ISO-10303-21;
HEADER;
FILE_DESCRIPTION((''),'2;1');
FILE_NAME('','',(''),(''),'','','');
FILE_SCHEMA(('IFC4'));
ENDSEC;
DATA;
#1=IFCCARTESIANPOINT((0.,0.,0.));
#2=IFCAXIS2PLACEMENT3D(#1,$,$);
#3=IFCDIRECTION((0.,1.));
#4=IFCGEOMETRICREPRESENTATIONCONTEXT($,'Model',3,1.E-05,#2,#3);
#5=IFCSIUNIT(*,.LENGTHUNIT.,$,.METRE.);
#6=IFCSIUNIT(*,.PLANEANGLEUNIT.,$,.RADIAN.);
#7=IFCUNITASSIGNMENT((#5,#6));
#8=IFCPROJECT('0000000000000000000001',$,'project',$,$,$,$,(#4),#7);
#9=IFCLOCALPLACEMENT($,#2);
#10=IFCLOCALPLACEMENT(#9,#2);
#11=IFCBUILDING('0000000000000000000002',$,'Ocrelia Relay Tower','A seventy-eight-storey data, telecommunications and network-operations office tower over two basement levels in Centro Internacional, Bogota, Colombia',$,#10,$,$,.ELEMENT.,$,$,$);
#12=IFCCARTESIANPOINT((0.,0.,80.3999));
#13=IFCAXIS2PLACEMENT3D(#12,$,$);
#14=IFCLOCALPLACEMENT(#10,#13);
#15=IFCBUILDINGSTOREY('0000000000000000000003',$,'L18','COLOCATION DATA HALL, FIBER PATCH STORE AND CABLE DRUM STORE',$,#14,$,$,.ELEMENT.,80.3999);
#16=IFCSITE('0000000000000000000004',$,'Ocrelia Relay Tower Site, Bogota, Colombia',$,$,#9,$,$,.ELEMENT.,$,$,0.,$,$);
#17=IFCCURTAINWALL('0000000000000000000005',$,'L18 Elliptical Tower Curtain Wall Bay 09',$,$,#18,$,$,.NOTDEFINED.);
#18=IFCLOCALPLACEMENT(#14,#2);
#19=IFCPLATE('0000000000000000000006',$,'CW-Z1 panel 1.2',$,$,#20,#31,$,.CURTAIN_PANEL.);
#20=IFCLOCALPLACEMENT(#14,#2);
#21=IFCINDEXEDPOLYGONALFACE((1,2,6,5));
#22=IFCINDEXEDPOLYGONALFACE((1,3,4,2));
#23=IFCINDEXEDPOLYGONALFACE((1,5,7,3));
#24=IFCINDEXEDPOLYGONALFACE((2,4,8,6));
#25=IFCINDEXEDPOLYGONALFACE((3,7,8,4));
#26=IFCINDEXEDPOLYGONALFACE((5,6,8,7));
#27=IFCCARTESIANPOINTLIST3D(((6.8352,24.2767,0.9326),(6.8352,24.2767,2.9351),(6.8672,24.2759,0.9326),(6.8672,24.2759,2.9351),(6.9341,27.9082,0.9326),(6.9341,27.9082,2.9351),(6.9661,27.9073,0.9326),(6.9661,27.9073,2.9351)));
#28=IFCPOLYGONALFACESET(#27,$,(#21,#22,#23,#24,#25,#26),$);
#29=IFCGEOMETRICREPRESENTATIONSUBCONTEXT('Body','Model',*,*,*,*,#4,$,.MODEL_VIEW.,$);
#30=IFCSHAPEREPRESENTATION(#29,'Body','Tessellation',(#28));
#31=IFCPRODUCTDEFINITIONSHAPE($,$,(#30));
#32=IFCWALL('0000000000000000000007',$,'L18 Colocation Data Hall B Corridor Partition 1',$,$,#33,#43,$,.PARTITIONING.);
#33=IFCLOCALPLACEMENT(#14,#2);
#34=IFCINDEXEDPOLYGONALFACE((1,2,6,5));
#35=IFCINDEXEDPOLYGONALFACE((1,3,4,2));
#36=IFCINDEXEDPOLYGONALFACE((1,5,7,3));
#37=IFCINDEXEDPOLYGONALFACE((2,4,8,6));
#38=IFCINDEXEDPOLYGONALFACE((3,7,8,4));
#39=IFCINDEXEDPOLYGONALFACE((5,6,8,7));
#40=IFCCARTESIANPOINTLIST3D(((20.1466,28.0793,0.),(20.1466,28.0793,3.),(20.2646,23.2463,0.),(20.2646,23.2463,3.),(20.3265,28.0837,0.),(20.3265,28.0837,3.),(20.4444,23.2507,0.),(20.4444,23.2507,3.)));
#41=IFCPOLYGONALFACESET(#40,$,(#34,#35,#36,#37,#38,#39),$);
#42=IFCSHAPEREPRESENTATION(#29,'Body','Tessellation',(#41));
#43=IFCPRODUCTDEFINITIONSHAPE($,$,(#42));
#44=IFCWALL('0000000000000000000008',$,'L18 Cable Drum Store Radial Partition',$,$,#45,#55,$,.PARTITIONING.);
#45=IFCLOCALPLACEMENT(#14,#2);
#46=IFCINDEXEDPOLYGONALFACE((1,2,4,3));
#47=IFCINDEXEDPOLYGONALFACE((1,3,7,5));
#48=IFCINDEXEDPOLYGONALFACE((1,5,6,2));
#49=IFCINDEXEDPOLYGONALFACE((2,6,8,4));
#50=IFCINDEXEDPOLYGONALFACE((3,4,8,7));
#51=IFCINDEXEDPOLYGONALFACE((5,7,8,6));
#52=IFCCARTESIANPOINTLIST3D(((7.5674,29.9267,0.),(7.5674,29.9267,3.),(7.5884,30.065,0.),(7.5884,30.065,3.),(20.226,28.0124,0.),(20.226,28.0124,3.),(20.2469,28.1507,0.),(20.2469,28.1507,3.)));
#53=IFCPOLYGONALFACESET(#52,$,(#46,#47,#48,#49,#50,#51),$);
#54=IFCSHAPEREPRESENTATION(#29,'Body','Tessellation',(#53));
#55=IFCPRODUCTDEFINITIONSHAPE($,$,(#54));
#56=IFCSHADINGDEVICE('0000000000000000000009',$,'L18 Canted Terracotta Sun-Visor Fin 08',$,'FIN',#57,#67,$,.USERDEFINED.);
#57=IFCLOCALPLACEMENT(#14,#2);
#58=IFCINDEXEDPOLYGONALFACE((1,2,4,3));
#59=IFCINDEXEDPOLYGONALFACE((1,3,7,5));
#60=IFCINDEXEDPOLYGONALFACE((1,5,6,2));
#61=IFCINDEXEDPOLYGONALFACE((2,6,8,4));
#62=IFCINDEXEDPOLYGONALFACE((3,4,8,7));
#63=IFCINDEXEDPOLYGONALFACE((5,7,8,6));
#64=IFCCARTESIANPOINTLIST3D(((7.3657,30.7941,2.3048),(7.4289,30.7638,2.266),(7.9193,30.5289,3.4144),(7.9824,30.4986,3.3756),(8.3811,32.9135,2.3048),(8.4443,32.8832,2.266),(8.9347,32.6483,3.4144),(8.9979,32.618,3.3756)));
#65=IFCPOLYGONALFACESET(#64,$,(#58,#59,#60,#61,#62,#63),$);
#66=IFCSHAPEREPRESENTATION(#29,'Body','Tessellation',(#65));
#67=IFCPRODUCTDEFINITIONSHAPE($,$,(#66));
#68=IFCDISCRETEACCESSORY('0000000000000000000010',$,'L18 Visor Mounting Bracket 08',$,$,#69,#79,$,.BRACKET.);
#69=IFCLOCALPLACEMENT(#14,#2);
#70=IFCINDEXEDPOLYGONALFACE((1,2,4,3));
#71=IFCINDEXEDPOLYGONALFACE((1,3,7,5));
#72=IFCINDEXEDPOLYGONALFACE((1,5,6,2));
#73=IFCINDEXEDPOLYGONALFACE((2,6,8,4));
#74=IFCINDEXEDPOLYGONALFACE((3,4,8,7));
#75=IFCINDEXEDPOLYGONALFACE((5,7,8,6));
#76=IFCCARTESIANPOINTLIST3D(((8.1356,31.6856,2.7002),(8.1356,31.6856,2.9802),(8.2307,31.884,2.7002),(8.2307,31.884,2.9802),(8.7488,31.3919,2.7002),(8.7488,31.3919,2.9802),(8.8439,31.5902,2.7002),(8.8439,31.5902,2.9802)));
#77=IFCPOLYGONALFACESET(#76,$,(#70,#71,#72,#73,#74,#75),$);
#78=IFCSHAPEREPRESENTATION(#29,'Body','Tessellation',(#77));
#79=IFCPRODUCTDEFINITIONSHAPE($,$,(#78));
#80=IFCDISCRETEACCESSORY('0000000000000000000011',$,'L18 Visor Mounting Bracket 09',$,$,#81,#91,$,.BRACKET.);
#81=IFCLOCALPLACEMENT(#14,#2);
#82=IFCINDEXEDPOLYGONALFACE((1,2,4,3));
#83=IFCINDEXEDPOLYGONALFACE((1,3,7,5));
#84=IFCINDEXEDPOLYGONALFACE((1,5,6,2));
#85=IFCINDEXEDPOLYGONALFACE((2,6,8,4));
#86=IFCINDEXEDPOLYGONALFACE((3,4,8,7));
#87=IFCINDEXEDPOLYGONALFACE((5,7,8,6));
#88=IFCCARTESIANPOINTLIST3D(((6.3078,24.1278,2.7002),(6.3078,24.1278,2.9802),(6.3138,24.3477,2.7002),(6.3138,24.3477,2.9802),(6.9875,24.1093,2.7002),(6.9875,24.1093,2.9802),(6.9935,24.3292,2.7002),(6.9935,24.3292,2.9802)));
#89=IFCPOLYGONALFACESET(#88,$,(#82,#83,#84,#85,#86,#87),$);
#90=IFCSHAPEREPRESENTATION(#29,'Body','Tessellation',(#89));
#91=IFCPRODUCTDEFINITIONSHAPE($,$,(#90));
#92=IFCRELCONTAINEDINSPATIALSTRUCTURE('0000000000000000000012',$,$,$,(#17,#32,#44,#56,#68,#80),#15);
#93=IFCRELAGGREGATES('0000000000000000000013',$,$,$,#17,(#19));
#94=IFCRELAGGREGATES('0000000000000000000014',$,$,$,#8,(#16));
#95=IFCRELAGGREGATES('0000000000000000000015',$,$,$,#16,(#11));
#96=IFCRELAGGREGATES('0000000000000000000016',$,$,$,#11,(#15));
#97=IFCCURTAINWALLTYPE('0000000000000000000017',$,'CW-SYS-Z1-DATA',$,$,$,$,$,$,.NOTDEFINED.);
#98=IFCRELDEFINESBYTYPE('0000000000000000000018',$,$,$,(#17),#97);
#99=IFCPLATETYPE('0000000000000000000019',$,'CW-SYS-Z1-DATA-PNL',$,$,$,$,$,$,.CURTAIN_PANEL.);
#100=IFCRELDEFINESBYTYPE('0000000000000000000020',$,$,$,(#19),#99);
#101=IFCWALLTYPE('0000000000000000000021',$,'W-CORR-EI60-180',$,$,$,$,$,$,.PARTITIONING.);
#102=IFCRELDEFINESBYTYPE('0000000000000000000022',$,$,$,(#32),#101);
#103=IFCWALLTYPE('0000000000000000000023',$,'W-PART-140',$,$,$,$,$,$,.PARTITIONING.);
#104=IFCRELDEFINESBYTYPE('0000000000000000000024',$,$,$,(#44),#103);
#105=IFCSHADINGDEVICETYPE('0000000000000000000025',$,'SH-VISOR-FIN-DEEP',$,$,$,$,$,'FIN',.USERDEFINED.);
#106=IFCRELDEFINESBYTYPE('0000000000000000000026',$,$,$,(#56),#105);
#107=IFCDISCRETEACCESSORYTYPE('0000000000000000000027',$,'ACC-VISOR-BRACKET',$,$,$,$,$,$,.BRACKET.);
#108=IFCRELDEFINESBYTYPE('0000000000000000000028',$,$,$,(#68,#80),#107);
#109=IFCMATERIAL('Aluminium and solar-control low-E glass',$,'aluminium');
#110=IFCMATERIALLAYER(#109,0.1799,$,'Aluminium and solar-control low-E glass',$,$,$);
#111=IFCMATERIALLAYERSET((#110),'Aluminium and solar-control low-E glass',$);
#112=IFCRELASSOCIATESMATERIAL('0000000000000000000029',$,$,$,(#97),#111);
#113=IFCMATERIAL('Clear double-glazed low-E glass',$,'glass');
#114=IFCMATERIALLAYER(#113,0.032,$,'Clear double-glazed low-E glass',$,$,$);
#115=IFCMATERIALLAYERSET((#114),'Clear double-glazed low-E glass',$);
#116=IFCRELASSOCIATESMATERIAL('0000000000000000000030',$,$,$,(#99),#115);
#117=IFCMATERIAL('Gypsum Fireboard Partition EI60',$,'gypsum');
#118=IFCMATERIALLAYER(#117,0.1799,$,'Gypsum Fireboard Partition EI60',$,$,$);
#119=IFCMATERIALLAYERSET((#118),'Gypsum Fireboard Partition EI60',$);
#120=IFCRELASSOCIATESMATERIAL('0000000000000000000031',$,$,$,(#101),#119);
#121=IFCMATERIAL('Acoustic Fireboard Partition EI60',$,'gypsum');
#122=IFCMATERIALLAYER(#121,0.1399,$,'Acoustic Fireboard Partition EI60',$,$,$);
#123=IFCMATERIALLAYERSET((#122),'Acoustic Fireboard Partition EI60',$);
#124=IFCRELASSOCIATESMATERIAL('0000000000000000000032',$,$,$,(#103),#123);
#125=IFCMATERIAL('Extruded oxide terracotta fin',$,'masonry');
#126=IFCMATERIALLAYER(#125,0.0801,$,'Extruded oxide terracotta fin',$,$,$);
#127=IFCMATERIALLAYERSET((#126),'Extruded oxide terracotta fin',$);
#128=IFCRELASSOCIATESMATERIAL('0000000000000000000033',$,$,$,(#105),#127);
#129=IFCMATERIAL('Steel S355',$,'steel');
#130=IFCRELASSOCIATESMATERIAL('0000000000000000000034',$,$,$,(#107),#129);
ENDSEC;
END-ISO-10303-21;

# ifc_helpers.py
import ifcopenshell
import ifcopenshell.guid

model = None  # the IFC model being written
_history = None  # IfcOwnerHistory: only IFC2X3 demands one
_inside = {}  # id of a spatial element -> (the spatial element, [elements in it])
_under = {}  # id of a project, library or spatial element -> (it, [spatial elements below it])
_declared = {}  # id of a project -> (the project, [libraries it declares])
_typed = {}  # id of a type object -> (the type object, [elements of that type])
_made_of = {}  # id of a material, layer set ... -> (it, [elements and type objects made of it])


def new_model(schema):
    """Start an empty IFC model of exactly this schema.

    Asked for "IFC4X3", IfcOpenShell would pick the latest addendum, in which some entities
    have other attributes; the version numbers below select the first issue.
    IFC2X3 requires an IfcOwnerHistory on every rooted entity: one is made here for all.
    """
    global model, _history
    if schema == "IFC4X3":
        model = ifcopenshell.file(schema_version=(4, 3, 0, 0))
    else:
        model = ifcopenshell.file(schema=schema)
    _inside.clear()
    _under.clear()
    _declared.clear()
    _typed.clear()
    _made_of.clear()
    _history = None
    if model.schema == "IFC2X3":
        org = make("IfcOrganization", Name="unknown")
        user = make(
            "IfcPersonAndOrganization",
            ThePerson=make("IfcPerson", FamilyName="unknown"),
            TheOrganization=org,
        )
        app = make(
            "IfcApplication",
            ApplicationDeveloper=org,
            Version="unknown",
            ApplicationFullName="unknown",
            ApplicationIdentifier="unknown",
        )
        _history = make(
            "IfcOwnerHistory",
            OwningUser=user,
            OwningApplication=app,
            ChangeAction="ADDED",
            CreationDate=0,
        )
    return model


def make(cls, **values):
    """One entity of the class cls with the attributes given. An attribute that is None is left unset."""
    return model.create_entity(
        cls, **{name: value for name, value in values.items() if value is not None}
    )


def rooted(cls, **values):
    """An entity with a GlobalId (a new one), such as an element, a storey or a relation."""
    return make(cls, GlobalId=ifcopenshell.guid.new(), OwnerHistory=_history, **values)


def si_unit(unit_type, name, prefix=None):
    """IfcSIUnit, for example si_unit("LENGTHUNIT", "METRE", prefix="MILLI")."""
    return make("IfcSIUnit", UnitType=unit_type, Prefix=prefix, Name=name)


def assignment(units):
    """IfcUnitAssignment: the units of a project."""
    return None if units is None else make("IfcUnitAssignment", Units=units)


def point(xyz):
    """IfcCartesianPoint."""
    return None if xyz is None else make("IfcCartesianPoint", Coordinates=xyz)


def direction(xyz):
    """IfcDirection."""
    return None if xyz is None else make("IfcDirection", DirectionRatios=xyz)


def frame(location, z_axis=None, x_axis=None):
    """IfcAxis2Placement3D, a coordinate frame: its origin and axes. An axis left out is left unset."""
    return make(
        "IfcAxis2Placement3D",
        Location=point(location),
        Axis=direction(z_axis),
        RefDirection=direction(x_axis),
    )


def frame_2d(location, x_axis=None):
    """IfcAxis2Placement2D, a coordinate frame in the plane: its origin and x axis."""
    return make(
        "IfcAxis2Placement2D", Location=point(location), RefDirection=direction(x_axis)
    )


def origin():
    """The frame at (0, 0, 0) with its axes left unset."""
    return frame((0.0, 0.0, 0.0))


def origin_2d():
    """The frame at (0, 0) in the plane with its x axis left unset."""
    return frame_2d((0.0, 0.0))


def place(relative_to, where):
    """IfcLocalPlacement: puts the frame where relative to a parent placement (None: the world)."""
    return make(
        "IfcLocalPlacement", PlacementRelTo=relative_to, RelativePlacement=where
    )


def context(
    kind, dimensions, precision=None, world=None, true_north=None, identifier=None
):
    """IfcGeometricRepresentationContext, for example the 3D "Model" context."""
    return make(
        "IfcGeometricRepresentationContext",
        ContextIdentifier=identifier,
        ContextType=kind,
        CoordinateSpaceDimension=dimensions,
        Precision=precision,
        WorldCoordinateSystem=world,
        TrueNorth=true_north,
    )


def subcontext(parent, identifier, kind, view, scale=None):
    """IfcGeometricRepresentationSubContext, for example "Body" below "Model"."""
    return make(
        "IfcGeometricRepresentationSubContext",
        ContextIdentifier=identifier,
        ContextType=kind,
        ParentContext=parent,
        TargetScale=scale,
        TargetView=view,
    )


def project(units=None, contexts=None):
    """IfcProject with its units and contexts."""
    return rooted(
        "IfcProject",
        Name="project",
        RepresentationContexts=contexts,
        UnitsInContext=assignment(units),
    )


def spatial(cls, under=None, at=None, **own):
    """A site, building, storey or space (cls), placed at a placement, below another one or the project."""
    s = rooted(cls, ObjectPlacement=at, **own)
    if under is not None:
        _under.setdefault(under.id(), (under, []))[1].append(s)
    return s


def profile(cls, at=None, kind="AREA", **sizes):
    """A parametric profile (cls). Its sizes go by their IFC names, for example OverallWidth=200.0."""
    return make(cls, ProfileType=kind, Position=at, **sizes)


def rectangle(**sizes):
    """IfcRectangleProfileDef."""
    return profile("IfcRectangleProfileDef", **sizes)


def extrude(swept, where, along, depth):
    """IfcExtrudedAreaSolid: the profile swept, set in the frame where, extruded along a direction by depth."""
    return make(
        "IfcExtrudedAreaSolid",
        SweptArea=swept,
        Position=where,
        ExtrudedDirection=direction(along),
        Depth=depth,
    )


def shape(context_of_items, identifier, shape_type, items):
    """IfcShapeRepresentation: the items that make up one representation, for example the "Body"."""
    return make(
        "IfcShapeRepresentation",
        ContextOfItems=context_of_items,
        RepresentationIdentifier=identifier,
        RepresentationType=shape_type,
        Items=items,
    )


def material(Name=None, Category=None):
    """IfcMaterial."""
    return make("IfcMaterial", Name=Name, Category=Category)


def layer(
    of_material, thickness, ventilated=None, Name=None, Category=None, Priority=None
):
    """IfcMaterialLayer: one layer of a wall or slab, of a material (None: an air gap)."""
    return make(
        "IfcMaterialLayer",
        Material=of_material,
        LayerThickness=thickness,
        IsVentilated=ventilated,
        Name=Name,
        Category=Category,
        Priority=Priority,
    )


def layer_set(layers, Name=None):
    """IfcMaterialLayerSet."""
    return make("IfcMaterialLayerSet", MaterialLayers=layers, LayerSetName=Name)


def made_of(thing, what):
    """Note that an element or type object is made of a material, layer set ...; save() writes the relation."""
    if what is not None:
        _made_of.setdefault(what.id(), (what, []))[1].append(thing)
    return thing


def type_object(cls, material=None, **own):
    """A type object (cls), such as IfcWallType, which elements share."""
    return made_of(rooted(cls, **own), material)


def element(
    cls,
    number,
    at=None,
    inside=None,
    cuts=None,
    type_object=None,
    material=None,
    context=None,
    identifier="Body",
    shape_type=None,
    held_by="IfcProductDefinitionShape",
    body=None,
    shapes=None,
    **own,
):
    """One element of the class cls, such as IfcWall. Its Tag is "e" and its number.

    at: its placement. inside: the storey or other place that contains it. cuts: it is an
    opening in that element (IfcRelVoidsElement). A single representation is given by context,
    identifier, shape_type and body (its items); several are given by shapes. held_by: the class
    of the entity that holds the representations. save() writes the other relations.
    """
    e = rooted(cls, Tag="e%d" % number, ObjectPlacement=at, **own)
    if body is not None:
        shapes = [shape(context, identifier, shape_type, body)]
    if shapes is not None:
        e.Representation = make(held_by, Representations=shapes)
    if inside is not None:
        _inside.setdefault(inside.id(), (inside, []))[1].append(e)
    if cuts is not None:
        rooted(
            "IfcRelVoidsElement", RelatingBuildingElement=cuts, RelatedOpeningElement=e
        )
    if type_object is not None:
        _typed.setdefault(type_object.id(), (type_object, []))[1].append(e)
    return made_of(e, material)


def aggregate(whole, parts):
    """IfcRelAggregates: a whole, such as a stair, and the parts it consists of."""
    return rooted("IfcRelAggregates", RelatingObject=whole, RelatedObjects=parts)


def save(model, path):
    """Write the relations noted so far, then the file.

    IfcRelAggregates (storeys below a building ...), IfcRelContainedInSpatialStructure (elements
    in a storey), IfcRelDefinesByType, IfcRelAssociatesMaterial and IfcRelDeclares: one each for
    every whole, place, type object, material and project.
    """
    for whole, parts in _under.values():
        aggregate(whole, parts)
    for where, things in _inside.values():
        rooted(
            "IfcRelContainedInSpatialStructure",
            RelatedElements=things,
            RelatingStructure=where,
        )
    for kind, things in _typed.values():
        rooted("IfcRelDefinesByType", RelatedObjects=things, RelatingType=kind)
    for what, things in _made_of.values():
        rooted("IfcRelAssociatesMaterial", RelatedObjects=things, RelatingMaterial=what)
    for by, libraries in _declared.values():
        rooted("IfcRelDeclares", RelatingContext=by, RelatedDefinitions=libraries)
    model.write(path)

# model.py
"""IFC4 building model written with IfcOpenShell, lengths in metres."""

from ifc_helpers import new_model, si_unit, direction, frame, frame_2d, origin, origin_2d, place, context, subcontext, project, spatial, rectangle, extrude, material, layer, layer_set, type_object, element, aggregate, save


model = new_model("IFC4")

# Units and contexts
model_context = context("Model", 3, precision=1e-05, world=origin(), true_north=direction((0.0, 1.0)))
body_context = subcontext(model_context, "Body", "Model", "MODEL_VIEW")
ifc_project = project(units=[si_unit("LENGTHUNIT", "METRE"), si_unit("PLANEANGLEUNIT", "RADIAN")], contexts=[model_context])

# Site, building, storey
site_placement = place(None, origin())
site = spatial("IfcSite", under=ifc_project, at=site_placement, Name="Ocrelia Relay Tower Site, Bogota, Colombia", CompositionType="ELEMENT", RefElevation=0.0)
building_placement = place(site_placement, origin())
building = spatial("IfcBuilding", under=site, at=building_placement, Name="Ocrelia Relay Tower", Description="A seventy-eight-storey data, telecommunications and network-operations office tower over two basement levels in Centro Internacional, Bogota, Colombia", CompositionType="ELEMENT")
storey_placement = place(building_placement, frame((0.0, 0.0, 80.3999)))
storey = spatial("IfcBuildingStorey", under=building, at=storey_placement, Name="L18", Description="COLOCATION DATA HALL, FIBER PATCH STORE AND CABLE DRUM STORE", CompositionType="ELEMENT", Elevation=80.3999)

# Shared definitions
ifc_material_1 = material(Name="Steel S355", Category="steel")

# Curtain wall, plate
ifc_material_2 = material(Name="Aluminium and solar-control low-E glass", Category="aluminium")
ifc_layer_1 = layer(ifc_material_2, 0.1799, Name="Aluminium and solar-control low-E glass")
ifc_layer_set_1 = layer_set([ifc_layer_1], Name="Aluminium and solar-control low-E glass")
curtain_wall_type = type_object("IfcCurtainWallType", Name="CW-SYS-Z1-DATA", PredefinedType="NOTDEFINED", material=ifc_layer_set_1)
curtain_wall_placement = place(storey_placement, origin())
curtain_wall = element("IfcCurtainWall", 1, at=curtain_wall_placement, inside=storey, type_object=curtain_wall_type, Name="L18 Elliptical Tower Curtain Wall Bay 09", PredefinedType="NOTDEFINED")
ifc_material_3 = material(Name="Clear double-glazed low-E glass", Category="glass")
ifc_layer_2 = layer(ifc_material_3, 0.032, Name="Clear double-glazed low-E glass")
ifc_layer_set_2 = layer_set([ifc_layer_2], Name="Clear double-glazed low-E glass")
plate_type = type_object("IfcPlateType", Name="CW-SYS-Z1-DATA-PNL", PredefinedType="CURTAIN_PANEL", material=ifc_layer_set_2)
plate_1_placement = place(storey_placement, frame((6.9006, 26.092, 0.9326), z_axis=(0.0, 0.0, 1.0), x_axis=(-0.027222, -0.999629, 0.0)))
plate_1 = element("IfcPlate", 2, at=plate_1_placement, type_object=plate_type, Name="CW-Z1 panel 1.2", PredefinedType="CURTAIN_PANEL", context=body_context, shape_type="SweptSolid", body=[
    extrude(rectangle(XDim=3.6328, YDim=0.032, at=origin_2d()), origin(), (0.0, 0.0, 1.0), 2.0024),
])
aggregate(curtain_wall, [plate_1])

# Shared definitions
ifc_material_4 = material(Name="Gypsum Fireboard Partition EI60", Category="gypsum")
ifc_layer_3 = layer(ifc_material_4, 0.1799, Name="Gypsum Fireboard Partition EI60")
ifc_layer_set_3 = layer_set([ifc_layer_3], Name="Gypsum Fireboard Partition EI60")
wall_type_1 = type_object("IfcWallType", Name="W-CORR-EI60-180", PredefinedType="PARTITIONING", material=ifc_layer_set_3)

# Walls
wall_1_placement = place(storey_placement, frame((20.2366, 28.0815, 0.0), z_axis=(0.0, 0.0, 1.0), x_axis=(0.024392, -0.999702, 0.0)))
element("IfcWall", 3, at=wall_1_placement, inside=storey, type_object=wall_type_1, Name="L18 Colocation Data Hall B Corridor Partition 1", PredefinedType="PARTITIONING", context=body_context, shape_type="SweptSolid", body=[
    extrude(rectangle(XDim=4.8345, YDim=0.1799, at=frame_2d((2.4172, 0.0))), origin(), (0.0, 0.0, 1.0), 3.0),
])
ifc_material_5 = material(Name="Acoustic Fireboard Partition EI60", Category="gypsum")
ifc_layer_4 = layer(ifc_material_5, 0.1399, Name="Acoustic Fireboard Partition EI60")
ifc_layer_set_4 = layer_set([ifc_layer_4], Name="Acoustic Fireboard Partition EI60")
wall_type_2 = type_object("IfcWallType", Name="W-PART-140", PredefinedType="PARTITIONING", material=ifc_layer_set_4)
wall_2_placement = place(storey_placement, frame((20.2366, 28.0815, 0.0), z_axis=(0.0, 0.0, 1.0), x_axis=(-0.988758, 0.149527, 0.0)))
element("IfcWall", 4, at=wall_2_placement, inside=storey, type_object=wall_type_2, Name="L18 Cable Drum Store Radial Partition", PredefinedType="PARTITIONING", context=body_context, shape_type="SweptSolid", body=[
    extrude(rectangle(XDim=12.8025, YDim=0.1399, at=frame_2d((6.4014, 0.0))), origin(), (0.0, 0.0, 1.0), 3.0),
])

# Shading device
ifc_material_6 = material(Name="Extruded oxide terracotta fin", Category="masonry")
ifc_layer_5 = layer(ifc_material_6, 0.0801, Name="Extruded oxide terracotta fin")
ifc_layer_set_5 = layer_set([ifc_layer_5], Name="Extruded oxide terracotta fin")
shading_device_type = type_object("IfcShadingDeviceType", Name="SH-VISOR-FIN-DEEP", ElementType="FIN", PredefinedType="USERDEFINED", material=ifc_layer_set_5)
shading_device_placement = place(storey_placement, frame((8.2134, 31.6909, 2.8208), z_axis=(-0.789146, 0.378085, 0.484046), x_axis=(-0.432076, -0.901837, 0.0)))
element("IfcShadingDevice", 5, at=shading_device_placement, inside=storey, type_object=shading_device_type, Name="L18 Canted Terracotta Sun-Visor Fin 08", ObjectType="FIN", PredefinedType="USERDEFINED", context=body_context, shape_type="SweptSolid", body=[
    extrude(rectangle(XDim=2.3501, YDim=1.2681, at=origin_2d()), origin(), (0.0, 0.0, 1.0), 0.0801),
])

# Discrete accessories
discrete_accessory_type = type_object("IfcDiscreteAccessoryType", Name="ACC-VISOR-BRACKET", PredefinedType="BRACKET", material=ifc_material_1)
for number, where, z_axis, x_axis, name in (
    (6, (8.4897, 31.6379, 2.7002), (0.0, 0.0, 1.0), (-0.432076, -0.901837, 0.0), "L18 Visor Mounting Bracket 08"),
    (7, (6.6506, 24.2285, 2.7002), (0.0, 0.0, 1.0), (-0.027222, -0.999629, 0.0), "L18 Visor Mounting Bracket 09"),
):
    element("IfcDiscreteAccessory", number, at=place(storey_placement, frame(where, z_axis=z_axis, x_axis=x_axis)), inside=storey, type_object=discrete_accessory_type, Name=name, PredefinedType="BRACKET", context=body_context, shape_type="SweptSolid", body=[
        extrude(rectangle(XDim=0.22, YDim=0.6799, at=origin_2d()), origin(), (0.0, 0.0, 1.0), 0.28),
    ])

save(model, "model.ifc")
